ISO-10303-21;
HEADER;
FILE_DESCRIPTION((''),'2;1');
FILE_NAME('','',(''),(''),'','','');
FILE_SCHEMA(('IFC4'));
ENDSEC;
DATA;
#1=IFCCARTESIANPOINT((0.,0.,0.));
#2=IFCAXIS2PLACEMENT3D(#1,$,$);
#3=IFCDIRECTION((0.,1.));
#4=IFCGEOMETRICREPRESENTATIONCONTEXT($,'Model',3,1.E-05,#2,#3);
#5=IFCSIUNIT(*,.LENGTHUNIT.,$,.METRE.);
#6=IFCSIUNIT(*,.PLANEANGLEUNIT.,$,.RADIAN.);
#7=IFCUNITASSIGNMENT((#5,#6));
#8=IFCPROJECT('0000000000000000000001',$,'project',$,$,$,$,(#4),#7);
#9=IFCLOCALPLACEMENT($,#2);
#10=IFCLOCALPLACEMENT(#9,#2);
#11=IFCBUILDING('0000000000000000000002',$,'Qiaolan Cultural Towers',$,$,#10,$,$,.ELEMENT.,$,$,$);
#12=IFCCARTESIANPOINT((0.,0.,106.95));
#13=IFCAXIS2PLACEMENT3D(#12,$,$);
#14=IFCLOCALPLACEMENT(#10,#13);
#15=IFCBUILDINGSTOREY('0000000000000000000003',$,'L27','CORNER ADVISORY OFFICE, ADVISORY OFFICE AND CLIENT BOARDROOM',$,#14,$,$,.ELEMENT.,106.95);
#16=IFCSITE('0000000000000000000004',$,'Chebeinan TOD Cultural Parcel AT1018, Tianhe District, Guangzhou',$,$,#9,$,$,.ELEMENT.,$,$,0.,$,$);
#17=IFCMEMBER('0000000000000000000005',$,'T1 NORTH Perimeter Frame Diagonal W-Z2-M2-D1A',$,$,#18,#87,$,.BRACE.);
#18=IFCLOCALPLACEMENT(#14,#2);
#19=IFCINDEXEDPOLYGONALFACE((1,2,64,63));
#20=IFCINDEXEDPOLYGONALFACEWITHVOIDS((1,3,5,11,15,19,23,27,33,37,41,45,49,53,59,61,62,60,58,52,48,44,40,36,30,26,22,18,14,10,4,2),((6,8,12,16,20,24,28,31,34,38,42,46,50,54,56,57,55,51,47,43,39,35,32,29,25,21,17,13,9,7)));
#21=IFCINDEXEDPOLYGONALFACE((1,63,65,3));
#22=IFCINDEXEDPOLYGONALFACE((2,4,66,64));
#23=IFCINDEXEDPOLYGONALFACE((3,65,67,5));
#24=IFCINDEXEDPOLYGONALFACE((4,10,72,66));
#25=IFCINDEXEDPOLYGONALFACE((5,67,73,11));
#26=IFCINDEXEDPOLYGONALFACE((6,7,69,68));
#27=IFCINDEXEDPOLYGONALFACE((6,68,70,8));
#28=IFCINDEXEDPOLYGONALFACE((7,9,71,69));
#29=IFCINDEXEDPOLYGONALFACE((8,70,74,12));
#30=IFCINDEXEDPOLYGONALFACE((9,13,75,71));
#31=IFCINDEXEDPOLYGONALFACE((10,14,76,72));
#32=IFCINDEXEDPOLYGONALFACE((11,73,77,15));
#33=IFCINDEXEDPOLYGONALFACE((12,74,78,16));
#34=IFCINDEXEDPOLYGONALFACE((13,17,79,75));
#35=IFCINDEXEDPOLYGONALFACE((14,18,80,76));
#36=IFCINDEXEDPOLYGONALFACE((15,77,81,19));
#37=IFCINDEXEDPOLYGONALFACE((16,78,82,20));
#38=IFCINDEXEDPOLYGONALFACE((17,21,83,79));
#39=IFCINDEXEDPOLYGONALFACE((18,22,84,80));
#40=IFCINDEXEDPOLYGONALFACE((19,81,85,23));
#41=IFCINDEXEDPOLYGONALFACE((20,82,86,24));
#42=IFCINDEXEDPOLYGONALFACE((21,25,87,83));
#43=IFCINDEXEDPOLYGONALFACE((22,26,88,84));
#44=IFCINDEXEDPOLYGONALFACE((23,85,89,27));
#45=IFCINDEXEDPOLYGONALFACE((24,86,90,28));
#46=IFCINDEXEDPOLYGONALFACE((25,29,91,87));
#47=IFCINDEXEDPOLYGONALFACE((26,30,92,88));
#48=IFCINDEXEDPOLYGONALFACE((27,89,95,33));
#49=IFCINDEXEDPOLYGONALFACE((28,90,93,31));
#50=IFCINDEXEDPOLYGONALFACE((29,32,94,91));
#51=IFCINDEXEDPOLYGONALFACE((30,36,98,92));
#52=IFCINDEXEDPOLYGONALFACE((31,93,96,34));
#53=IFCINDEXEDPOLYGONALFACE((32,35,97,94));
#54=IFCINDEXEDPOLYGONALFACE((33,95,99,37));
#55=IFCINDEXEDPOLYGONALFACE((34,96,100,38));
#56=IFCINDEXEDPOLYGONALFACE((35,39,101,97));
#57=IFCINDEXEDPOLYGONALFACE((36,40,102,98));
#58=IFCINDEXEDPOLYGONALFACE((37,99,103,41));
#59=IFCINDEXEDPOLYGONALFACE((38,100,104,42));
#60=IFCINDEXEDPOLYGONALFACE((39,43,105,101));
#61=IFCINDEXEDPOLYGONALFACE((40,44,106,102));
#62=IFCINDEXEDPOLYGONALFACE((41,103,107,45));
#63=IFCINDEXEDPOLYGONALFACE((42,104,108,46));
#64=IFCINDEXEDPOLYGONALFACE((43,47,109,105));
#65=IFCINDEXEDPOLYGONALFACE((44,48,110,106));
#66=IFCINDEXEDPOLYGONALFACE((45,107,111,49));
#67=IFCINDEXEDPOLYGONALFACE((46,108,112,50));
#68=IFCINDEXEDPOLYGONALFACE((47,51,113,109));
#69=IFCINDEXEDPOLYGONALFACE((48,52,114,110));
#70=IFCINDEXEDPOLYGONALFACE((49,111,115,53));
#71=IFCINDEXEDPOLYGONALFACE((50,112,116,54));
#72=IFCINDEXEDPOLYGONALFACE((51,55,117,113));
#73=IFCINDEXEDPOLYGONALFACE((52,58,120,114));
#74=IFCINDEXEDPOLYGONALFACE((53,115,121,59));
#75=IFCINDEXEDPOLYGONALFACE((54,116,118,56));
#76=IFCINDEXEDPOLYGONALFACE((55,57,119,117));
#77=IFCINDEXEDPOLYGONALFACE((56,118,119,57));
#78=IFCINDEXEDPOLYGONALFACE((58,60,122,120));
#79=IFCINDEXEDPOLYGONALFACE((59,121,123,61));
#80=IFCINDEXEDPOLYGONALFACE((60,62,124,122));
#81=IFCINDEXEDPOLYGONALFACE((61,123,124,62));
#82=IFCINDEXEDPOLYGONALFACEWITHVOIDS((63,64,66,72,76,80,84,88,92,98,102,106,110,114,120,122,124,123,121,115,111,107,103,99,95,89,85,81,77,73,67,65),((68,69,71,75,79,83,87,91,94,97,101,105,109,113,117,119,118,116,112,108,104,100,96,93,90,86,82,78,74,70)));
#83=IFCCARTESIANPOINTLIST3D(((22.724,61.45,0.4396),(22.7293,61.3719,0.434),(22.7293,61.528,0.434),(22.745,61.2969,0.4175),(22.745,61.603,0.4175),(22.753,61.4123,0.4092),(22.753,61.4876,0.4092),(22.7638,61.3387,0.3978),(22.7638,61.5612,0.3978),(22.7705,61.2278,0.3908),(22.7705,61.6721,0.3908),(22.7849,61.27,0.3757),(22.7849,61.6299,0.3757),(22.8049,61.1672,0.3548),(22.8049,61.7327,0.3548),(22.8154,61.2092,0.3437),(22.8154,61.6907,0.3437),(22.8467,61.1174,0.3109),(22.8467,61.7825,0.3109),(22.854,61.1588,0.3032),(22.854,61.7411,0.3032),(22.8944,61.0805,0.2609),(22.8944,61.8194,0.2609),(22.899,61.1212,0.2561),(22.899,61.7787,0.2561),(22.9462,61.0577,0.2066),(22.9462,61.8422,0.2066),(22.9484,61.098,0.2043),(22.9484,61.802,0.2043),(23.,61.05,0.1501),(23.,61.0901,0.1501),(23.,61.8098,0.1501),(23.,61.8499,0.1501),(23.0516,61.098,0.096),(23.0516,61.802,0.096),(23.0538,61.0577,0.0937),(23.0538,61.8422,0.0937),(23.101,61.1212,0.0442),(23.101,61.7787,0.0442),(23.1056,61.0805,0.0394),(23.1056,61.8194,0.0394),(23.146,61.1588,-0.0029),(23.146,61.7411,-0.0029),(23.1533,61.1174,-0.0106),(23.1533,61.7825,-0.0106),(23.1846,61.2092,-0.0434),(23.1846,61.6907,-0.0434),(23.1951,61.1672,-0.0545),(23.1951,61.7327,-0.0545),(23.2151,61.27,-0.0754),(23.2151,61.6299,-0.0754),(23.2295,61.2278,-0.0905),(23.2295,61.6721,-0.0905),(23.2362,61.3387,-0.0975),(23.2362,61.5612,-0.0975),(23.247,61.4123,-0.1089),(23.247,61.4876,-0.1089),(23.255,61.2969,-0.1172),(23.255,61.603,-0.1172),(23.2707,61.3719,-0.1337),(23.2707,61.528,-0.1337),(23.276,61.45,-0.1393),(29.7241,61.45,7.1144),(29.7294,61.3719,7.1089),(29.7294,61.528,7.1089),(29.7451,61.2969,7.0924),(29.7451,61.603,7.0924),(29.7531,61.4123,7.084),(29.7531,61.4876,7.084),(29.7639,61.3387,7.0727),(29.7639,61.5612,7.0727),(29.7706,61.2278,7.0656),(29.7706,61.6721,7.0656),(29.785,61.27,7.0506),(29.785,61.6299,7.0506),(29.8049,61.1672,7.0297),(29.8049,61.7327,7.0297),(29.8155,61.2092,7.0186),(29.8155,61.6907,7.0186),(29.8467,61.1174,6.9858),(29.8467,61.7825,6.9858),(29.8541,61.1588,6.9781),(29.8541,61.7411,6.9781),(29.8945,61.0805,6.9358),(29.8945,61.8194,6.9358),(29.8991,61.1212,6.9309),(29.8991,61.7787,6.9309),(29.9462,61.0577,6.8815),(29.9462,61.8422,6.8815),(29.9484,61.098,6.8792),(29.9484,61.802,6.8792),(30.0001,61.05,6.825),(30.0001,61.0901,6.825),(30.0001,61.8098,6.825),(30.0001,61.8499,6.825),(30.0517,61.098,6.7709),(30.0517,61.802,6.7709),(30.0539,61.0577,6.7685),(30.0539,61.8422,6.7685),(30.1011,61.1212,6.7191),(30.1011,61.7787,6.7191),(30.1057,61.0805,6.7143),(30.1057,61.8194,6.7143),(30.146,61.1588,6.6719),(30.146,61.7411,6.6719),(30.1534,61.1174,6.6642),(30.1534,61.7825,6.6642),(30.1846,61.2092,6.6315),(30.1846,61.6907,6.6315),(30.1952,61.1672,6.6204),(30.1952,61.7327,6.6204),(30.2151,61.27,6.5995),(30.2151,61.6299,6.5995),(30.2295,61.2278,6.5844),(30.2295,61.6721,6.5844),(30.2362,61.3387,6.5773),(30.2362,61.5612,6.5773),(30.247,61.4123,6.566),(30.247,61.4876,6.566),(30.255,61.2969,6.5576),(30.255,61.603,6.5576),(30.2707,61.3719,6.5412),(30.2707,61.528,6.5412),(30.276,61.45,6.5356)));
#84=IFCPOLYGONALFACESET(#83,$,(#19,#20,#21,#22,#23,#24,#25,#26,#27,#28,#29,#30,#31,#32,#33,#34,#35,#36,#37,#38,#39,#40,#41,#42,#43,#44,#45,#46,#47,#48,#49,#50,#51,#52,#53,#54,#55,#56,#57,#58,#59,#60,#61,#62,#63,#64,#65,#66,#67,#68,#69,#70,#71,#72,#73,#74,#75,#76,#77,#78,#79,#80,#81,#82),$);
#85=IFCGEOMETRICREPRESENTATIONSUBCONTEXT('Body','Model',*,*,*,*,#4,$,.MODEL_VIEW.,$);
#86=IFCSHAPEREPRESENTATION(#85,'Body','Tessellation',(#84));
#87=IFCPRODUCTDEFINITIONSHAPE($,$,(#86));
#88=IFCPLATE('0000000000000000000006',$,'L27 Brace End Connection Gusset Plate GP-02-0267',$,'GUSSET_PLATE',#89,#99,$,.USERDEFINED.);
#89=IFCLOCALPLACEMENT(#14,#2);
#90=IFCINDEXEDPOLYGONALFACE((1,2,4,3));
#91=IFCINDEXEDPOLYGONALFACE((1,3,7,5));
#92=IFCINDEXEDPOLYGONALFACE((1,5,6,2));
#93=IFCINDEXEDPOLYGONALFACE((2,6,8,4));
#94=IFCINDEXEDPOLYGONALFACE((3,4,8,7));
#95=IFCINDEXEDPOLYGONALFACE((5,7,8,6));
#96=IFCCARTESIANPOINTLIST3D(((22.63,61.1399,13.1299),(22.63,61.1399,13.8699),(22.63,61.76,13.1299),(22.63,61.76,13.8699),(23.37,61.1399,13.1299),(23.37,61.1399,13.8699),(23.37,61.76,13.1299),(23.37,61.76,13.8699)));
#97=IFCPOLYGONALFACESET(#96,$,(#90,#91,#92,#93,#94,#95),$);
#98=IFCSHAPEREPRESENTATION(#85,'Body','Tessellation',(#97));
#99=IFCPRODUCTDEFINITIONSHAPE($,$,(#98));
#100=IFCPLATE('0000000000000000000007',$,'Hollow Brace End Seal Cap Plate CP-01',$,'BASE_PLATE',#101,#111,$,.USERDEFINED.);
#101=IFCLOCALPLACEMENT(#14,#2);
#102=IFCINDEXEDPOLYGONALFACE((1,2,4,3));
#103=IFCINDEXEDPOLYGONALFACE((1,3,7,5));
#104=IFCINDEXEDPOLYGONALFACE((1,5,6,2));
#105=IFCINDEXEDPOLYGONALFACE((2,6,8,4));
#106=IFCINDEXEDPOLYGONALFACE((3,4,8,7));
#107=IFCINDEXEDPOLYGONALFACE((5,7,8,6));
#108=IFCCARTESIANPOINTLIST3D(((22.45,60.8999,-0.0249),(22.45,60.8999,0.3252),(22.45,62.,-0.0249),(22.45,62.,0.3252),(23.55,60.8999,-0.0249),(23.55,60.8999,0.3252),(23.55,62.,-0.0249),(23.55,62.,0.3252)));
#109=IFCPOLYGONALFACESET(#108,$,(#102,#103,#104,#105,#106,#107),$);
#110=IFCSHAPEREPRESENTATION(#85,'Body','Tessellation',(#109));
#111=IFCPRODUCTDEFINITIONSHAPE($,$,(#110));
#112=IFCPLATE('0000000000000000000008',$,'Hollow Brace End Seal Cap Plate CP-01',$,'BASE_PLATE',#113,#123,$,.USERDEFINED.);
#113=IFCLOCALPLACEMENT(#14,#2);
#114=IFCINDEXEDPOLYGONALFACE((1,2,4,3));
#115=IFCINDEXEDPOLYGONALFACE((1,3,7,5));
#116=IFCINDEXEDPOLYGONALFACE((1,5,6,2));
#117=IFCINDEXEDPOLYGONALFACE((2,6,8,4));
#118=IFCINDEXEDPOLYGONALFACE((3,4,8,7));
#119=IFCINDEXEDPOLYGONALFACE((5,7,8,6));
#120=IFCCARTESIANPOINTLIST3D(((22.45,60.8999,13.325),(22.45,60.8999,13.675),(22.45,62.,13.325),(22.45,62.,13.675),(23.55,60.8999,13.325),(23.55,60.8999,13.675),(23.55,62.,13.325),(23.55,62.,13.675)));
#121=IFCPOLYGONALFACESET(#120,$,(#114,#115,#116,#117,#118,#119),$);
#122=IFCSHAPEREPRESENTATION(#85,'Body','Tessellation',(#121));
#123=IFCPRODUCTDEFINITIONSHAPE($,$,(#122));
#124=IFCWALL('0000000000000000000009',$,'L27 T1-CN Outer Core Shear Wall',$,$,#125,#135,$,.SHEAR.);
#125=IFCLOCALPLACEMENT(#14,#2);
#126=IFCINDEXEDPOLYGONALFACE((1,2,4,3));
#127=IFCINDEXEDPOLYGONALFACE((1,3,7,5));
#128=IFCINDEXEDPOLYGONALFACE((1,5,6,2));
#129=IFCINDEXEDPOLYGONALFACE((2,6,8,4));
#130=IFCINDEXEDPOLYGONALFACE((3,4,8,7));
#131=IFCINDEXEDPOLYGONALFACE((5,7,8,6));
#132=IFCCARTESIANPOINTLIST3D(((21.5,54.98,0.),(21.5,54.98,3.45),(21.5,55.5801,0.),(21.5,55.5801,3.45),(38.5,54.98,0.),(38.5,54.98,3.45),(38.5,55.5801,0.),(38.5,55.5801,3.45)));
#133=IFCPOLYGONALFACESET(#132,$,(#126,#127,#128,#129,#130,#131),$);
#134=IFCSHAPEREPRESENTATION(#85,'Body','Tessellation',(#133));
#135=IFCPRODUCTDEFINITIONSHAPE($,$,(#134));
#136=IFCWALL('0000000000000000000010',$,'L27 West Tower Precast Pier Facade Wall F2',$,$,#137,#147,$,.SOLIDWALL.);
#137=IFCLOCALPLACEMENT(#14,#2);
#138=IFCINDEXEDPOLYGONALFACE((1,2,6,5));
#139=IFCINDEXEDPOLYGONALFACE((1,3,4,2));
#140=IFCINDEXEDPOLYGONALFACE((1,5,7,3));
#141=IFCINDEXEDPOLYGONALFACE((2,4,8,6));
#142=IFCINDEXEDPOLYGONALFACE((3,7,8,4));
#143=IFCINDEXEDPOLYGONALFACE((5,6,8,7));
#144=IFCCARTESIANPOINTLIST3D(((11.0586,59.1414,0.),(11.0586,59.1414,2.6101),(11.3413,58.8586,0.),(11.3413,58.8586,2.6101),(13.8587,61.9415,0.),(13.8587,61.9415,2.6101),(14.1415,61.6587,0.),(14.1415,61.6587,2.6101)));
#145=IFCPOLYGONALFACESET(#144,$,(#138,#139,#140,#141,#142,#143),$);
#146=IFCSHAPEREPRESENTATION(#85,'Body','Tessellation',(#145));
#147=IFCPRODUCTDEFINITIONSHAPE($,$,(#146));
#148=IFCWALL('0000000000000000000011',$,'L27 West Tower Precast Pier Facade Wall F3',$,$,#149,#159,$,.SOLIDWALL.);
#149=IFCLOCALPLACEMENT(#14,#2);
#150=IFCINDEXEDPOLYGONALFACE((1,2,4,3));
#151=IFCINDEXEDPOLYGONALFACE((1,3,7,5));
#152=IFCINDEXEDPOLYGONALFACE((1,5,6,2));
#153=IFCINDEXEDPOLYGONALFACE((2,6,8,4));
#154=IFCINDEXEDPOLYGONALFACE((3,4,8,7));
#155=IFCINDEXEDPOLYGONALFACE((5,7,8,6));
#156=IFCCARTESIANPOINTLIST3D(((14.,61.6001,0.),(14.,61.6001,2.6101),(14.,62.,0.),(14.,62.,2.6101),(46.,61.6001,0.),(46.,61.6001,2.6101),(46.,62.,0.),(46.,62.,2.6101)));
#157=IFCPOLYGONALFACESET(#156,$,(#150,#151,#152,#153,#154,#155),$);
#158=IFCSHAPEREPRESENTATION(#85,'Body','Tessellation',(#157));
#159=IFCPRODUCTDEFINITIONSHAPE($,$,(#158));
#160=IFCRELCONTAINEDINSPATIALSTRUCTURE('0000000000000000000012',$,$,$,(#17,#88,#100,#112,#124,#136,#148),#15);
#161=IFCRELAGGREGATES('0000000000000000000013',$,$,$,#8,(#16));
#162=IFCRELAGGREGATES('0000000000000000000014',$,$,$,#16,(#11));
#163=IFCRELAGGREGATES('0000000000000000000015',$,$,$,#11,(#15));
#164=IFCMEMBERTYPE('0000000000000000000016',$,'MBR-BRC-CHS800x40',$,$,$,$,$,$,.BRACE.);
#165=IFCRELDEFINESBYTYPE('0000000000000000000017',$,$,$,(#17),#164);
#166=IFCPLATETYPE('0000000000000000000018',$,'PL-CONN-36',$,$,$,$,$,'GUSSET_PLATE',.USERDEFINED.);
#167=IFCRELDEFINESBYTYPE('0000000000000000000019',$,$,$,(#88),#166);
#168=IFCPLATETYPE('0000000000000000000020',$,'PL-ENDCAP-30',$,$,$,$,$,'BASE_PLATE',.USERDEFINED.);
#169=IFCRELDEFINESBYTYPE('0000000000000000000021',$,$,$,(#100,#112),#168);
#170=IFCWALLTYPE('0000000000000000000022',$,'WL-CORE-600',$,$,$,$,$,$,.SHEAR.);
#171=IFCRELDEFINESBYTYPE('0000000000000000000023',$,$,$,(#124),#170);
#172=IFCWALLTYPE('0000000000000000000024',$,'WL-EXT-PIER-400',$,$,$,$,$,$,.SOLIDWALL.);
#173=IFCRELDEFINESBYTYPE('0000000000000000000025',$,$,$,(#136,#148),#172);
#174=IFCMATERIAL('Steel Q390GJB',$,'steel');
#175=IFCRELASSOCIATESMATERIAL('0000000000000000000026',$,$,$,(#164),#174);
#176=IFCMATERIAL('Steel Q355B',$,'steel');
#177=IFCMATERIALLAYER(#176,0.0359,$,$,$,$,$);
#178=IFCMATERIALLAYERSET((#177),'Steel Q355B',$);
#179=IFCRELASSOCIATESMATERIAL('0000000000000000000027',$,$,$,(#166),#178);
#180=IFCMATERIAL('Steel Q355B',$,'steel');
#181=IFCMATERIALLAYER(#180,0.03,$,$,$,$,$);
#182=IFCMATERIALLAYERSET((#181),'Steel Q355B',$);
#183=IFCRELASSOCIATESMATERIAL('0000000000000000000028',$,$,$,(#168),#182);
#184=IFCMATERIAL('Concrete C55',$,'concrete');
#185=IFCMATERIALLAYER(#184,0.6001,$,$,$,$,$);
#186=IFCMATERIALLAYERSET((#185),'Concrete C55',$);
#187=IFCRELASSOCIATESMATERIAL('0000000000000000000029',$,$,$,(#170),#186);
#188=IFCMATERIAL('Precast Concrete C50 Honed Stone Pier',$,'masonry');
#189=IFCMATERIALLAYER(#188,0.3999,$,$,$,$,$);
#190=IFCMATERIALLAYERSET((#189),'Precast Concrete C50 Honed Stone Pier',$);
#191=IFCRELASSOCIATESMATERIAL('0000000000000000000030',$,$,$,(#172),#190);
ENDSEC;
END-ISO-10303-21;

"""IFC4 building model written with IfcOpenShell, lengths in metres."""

from ifc_helpers import new_model, si_unit, direction, frame, frame_2d, origin, origin_2d, place, context, subcontext, project, spatial, rectangle, hollow_circle, extrude, material, layer, layer_set, material_profile, profile_set, type_object, element, save


model = new_model("IFC4")

# Units and contexts
model_context = context("Model", 3, precision=1e-05, world=origin(), true_north=direction((0.0, 1.0)))
body_context = subcontext(model_context, "Body", "Model", "MODEL_VIEW")
ifc_project = project(units=[si_unit("LENGTHUNIT", "METRE"), si_unit("PLANEANGLEUNIT", "RADIAN")], contexts=[model_context])

# Site, building, storey
site_placement = place(None, origin())
site = spatial("IfcSite", under=ifc_project, at=site_placement, Name="Chebeinan TOD Cultural Parcel AT1018, Tianhe District, Guangzhou", CompositionType="ELEMENT", RefElevation=0.0)
building_placement = place(site_placement, origin())
building = spatial("IfcBuilding", under=site, at=building_placement, Name="Qiaolan Cultural Towers", CompositionType="ELEMENT")
storey_placement = place(building_placement, frame((0.0, 0.0, 106.95)))
storey = spatial("IfcBuildingStorey", under=building, at=storey_placement, Name="L27", Description="CORNER ADVISORY OFFICE, ADVISORY OFFICE AND CLIENT BOARDROOM", CompositionType="ELEMENT", Elevation=106.95)

# Member
ifc_material_1 = material(Name="Steel Q390GJB", Category="steel")
ifc_material_profile_1 = material_profile(ifc_material_1, hollow_circle(Radius=0.3999, WallThickness=0.04, at=origin_2d()), Name="CHS800x40")
ifc_profile_set_1 = profile_set([ifc_material_profile_1], Name="Steel Q390GJB")
member_type = type_object("IfcMemberType", Name="MBR-BRC-CHS800x40", PredefinedType="BRACE", material=ifc_profile_set_1)
member_placement = place(storey_placement, frame((23.0, 61.45, 0.1501), z_axis=(0.723718, 0.0, 0.690096), x_axis=(0.0, 1.0, 0.0)))
element("IfcMember", 1, at=member_placement, inside=storey, type_object=member_type, Name="T1 NORTH Perimeter Frame Diagonal W-Z2-M2-D1A", PredefinedType="BRACE", context=body_context, shape_type="SweptSolid", body=[
    extrude(hollow_circle(Radius=0.3999, WallThickness=0.04, at=origin_2d()), origin(), (0.0, 0.0, 1.0), 9.6724),
])

# Plates
ifc_material_2 = material(Name="Steel Q355B", Category="steel")
ifc_layer_1 = layer(ifc_material_2, 0.0359)
ifc_layer_set_1 = layer_set([ifc_layer_1], Name="Steel Q355B")
plate_type_1 = type_object("IfcPlateType", Name="PL-CONN-36", ElementType="GUSSET_PLATE", PredefinedType="USERDEFINED", material=ifc_layer_set_1)
plate_placement = place(storey_placement, frame((23.0, 61.45, 13.1299), z_axis=(0.0, 0.0, 1.0), x_axis=(1.0, 0.0, 0.0)))
element("IfcPlate", 2, at=plate_placement, inside=storey, type_object=plate_type_1, Name="L27 Brace End Connection Gusset Plate GP-02-0267", ObjectType="GUSSET_PLATE", PredefinedType="USERDEFINED", context=body_context, shape_type="SweptSolid", body=[
    extrude(rectangle(XDim=0.74, YDim=0.6201, at=origin_2d()), origin(), (0.0, 0.0, 1.0), 0.74),
])
ifc_material_3 = material(Name="Steel Q355B", Category="steel")
ifc_layer_2 = layer(ifc_material_3, 0.03)
ifc_layer_set_2 = layer_set([ifc_layer_2], Name="Steel Q355B")
plate_type_2 = type_object("IfcPlateType", Name="PL-ENDCAP-30", ElementType="BASE_PLATE", PredefinedType="USERDEFINED", material=ifc_layer_set_2)
for number, where, z_axis, x_axis, name in (
    (3, (23.0, 61.45, -0.0249), (0.0, 0.0, 1.0), (1.0, 0.0, 0.0), "Hollow Brace End Seal Cap Plate CP-01"),
    (4, (23.0, 61.45, 13.325), (0.0, 0.0, 1.0), (1.0, 0.0, 0.0), "Hollow Brace End Seal Cap Plate CP-01"),
):
    element("IfcPlate", number, at=place(storey_placement, frame(where, z_axis=z_axis, x_axis=x_axis)), inside=storey, type_object=plate_type_2, Name=name, ObjectType="BASE_PLATE", PredefinedType="USERDEFINED", context=body_context, shape_type="SweptSolid", body=[
        extrude(rectangle(XDim=1.1001, YDim=1.1001, at=origin_2d()), origin(), (0.0, 0.0, 1.0), 0.3501),
    ])

# Walls
ifc_material_4 = material(Name="Concrete C55", Category="concrete")
ifc_layer_3 = layer(ifc_material_4, 0.6001)
ifc_layer_set_3 = layer_set([ifc_layer_3], Name="Concrete C55")
wall_type_1 = type_object("IfcWallType", Name="WL-CORE-600", PredefinedType="SHEAR", material=ifc_layer_set_3)
wall_1_placement = place(storey_placement, frame((21.5, 55.28, 0.0), z_axis=(0.0, 0.0, 1.0), x_axis=(1.0, 0.0, 0.0)))
element("IfcWall", 5, at=wall_1_placement, inside=storey, type_object=wall_type_1, Name="L27 T1-CN Outer Core Shear Wall", PredefinedType="SHEAR", context=body_context, shape_type="SweptSolid", body=[
    extrude(rectangle(XDim=17.0, YDim=0.6001, at=frame_2d((8.5, 0.0))), origin(), (0.0, 0.0, 1.0), 3.45),
])
ifc_material_5 = material(Name="Precast Concrete C50 Honed Stone Pier", Category="masonry")
ifc_layer_4 = layer(ifc_material_5, 0.3999)
ifc_layer_set_4 = layer_set([ifc_layer_4], Name="Precast Concrete C50 Honed Stone Pier")
wall_type_2 = type_object("IfcWallType", Name="WL-EXT-PIER-400", PredefinedType="SOLIDWALL", material=ifc_layer_set_4)
wall_2_placement = place(storey_placement, frame((11.2, 59.0, 0.0), z_axis=(0.0, 0.0, 1.0), x_axis=(0.707107, 0.707107, 0.0)))
element("IfcWall", 6, at=wall_2_placement, inside=storey, type_object=wall_type_2, Name="L27 West Tower Precast Pier Facade Wall F2", PredefinedType="SOLIDWALL", context=body_context, shape_type="SweptSolid", body=[
    extrude(rectangle(XDim=3.96, YDim=0.3999, at=frame_2d((1.98, 0.0))), origin(), (0.0, 0.0, 1.0), 2.6101),
])
wall_3_placement = place(storey_placement, frame((14.0, 61.8, 0.0), z_axis=(0.0, 0.0, 1.0), x_axis=(1.0, 0.0, 0.0)))
element("IfcWall", 7, at=wall_3_placement, inside=storey, type_object=wall_type_2, Name="L27 West Tower Precast Pier Facade Wall F3", PredefinedType="SOLIDWALL", context=body_context, shape_type="SweptSolid", body=[
    extrude(rectangle(XDim=32.0, YDim=0.3999, at=frame_2d((16.0, 0.0))), origin(), (0.0, 0.0, 1.0), 2.6101),
])

save(model, "model.ifc")
